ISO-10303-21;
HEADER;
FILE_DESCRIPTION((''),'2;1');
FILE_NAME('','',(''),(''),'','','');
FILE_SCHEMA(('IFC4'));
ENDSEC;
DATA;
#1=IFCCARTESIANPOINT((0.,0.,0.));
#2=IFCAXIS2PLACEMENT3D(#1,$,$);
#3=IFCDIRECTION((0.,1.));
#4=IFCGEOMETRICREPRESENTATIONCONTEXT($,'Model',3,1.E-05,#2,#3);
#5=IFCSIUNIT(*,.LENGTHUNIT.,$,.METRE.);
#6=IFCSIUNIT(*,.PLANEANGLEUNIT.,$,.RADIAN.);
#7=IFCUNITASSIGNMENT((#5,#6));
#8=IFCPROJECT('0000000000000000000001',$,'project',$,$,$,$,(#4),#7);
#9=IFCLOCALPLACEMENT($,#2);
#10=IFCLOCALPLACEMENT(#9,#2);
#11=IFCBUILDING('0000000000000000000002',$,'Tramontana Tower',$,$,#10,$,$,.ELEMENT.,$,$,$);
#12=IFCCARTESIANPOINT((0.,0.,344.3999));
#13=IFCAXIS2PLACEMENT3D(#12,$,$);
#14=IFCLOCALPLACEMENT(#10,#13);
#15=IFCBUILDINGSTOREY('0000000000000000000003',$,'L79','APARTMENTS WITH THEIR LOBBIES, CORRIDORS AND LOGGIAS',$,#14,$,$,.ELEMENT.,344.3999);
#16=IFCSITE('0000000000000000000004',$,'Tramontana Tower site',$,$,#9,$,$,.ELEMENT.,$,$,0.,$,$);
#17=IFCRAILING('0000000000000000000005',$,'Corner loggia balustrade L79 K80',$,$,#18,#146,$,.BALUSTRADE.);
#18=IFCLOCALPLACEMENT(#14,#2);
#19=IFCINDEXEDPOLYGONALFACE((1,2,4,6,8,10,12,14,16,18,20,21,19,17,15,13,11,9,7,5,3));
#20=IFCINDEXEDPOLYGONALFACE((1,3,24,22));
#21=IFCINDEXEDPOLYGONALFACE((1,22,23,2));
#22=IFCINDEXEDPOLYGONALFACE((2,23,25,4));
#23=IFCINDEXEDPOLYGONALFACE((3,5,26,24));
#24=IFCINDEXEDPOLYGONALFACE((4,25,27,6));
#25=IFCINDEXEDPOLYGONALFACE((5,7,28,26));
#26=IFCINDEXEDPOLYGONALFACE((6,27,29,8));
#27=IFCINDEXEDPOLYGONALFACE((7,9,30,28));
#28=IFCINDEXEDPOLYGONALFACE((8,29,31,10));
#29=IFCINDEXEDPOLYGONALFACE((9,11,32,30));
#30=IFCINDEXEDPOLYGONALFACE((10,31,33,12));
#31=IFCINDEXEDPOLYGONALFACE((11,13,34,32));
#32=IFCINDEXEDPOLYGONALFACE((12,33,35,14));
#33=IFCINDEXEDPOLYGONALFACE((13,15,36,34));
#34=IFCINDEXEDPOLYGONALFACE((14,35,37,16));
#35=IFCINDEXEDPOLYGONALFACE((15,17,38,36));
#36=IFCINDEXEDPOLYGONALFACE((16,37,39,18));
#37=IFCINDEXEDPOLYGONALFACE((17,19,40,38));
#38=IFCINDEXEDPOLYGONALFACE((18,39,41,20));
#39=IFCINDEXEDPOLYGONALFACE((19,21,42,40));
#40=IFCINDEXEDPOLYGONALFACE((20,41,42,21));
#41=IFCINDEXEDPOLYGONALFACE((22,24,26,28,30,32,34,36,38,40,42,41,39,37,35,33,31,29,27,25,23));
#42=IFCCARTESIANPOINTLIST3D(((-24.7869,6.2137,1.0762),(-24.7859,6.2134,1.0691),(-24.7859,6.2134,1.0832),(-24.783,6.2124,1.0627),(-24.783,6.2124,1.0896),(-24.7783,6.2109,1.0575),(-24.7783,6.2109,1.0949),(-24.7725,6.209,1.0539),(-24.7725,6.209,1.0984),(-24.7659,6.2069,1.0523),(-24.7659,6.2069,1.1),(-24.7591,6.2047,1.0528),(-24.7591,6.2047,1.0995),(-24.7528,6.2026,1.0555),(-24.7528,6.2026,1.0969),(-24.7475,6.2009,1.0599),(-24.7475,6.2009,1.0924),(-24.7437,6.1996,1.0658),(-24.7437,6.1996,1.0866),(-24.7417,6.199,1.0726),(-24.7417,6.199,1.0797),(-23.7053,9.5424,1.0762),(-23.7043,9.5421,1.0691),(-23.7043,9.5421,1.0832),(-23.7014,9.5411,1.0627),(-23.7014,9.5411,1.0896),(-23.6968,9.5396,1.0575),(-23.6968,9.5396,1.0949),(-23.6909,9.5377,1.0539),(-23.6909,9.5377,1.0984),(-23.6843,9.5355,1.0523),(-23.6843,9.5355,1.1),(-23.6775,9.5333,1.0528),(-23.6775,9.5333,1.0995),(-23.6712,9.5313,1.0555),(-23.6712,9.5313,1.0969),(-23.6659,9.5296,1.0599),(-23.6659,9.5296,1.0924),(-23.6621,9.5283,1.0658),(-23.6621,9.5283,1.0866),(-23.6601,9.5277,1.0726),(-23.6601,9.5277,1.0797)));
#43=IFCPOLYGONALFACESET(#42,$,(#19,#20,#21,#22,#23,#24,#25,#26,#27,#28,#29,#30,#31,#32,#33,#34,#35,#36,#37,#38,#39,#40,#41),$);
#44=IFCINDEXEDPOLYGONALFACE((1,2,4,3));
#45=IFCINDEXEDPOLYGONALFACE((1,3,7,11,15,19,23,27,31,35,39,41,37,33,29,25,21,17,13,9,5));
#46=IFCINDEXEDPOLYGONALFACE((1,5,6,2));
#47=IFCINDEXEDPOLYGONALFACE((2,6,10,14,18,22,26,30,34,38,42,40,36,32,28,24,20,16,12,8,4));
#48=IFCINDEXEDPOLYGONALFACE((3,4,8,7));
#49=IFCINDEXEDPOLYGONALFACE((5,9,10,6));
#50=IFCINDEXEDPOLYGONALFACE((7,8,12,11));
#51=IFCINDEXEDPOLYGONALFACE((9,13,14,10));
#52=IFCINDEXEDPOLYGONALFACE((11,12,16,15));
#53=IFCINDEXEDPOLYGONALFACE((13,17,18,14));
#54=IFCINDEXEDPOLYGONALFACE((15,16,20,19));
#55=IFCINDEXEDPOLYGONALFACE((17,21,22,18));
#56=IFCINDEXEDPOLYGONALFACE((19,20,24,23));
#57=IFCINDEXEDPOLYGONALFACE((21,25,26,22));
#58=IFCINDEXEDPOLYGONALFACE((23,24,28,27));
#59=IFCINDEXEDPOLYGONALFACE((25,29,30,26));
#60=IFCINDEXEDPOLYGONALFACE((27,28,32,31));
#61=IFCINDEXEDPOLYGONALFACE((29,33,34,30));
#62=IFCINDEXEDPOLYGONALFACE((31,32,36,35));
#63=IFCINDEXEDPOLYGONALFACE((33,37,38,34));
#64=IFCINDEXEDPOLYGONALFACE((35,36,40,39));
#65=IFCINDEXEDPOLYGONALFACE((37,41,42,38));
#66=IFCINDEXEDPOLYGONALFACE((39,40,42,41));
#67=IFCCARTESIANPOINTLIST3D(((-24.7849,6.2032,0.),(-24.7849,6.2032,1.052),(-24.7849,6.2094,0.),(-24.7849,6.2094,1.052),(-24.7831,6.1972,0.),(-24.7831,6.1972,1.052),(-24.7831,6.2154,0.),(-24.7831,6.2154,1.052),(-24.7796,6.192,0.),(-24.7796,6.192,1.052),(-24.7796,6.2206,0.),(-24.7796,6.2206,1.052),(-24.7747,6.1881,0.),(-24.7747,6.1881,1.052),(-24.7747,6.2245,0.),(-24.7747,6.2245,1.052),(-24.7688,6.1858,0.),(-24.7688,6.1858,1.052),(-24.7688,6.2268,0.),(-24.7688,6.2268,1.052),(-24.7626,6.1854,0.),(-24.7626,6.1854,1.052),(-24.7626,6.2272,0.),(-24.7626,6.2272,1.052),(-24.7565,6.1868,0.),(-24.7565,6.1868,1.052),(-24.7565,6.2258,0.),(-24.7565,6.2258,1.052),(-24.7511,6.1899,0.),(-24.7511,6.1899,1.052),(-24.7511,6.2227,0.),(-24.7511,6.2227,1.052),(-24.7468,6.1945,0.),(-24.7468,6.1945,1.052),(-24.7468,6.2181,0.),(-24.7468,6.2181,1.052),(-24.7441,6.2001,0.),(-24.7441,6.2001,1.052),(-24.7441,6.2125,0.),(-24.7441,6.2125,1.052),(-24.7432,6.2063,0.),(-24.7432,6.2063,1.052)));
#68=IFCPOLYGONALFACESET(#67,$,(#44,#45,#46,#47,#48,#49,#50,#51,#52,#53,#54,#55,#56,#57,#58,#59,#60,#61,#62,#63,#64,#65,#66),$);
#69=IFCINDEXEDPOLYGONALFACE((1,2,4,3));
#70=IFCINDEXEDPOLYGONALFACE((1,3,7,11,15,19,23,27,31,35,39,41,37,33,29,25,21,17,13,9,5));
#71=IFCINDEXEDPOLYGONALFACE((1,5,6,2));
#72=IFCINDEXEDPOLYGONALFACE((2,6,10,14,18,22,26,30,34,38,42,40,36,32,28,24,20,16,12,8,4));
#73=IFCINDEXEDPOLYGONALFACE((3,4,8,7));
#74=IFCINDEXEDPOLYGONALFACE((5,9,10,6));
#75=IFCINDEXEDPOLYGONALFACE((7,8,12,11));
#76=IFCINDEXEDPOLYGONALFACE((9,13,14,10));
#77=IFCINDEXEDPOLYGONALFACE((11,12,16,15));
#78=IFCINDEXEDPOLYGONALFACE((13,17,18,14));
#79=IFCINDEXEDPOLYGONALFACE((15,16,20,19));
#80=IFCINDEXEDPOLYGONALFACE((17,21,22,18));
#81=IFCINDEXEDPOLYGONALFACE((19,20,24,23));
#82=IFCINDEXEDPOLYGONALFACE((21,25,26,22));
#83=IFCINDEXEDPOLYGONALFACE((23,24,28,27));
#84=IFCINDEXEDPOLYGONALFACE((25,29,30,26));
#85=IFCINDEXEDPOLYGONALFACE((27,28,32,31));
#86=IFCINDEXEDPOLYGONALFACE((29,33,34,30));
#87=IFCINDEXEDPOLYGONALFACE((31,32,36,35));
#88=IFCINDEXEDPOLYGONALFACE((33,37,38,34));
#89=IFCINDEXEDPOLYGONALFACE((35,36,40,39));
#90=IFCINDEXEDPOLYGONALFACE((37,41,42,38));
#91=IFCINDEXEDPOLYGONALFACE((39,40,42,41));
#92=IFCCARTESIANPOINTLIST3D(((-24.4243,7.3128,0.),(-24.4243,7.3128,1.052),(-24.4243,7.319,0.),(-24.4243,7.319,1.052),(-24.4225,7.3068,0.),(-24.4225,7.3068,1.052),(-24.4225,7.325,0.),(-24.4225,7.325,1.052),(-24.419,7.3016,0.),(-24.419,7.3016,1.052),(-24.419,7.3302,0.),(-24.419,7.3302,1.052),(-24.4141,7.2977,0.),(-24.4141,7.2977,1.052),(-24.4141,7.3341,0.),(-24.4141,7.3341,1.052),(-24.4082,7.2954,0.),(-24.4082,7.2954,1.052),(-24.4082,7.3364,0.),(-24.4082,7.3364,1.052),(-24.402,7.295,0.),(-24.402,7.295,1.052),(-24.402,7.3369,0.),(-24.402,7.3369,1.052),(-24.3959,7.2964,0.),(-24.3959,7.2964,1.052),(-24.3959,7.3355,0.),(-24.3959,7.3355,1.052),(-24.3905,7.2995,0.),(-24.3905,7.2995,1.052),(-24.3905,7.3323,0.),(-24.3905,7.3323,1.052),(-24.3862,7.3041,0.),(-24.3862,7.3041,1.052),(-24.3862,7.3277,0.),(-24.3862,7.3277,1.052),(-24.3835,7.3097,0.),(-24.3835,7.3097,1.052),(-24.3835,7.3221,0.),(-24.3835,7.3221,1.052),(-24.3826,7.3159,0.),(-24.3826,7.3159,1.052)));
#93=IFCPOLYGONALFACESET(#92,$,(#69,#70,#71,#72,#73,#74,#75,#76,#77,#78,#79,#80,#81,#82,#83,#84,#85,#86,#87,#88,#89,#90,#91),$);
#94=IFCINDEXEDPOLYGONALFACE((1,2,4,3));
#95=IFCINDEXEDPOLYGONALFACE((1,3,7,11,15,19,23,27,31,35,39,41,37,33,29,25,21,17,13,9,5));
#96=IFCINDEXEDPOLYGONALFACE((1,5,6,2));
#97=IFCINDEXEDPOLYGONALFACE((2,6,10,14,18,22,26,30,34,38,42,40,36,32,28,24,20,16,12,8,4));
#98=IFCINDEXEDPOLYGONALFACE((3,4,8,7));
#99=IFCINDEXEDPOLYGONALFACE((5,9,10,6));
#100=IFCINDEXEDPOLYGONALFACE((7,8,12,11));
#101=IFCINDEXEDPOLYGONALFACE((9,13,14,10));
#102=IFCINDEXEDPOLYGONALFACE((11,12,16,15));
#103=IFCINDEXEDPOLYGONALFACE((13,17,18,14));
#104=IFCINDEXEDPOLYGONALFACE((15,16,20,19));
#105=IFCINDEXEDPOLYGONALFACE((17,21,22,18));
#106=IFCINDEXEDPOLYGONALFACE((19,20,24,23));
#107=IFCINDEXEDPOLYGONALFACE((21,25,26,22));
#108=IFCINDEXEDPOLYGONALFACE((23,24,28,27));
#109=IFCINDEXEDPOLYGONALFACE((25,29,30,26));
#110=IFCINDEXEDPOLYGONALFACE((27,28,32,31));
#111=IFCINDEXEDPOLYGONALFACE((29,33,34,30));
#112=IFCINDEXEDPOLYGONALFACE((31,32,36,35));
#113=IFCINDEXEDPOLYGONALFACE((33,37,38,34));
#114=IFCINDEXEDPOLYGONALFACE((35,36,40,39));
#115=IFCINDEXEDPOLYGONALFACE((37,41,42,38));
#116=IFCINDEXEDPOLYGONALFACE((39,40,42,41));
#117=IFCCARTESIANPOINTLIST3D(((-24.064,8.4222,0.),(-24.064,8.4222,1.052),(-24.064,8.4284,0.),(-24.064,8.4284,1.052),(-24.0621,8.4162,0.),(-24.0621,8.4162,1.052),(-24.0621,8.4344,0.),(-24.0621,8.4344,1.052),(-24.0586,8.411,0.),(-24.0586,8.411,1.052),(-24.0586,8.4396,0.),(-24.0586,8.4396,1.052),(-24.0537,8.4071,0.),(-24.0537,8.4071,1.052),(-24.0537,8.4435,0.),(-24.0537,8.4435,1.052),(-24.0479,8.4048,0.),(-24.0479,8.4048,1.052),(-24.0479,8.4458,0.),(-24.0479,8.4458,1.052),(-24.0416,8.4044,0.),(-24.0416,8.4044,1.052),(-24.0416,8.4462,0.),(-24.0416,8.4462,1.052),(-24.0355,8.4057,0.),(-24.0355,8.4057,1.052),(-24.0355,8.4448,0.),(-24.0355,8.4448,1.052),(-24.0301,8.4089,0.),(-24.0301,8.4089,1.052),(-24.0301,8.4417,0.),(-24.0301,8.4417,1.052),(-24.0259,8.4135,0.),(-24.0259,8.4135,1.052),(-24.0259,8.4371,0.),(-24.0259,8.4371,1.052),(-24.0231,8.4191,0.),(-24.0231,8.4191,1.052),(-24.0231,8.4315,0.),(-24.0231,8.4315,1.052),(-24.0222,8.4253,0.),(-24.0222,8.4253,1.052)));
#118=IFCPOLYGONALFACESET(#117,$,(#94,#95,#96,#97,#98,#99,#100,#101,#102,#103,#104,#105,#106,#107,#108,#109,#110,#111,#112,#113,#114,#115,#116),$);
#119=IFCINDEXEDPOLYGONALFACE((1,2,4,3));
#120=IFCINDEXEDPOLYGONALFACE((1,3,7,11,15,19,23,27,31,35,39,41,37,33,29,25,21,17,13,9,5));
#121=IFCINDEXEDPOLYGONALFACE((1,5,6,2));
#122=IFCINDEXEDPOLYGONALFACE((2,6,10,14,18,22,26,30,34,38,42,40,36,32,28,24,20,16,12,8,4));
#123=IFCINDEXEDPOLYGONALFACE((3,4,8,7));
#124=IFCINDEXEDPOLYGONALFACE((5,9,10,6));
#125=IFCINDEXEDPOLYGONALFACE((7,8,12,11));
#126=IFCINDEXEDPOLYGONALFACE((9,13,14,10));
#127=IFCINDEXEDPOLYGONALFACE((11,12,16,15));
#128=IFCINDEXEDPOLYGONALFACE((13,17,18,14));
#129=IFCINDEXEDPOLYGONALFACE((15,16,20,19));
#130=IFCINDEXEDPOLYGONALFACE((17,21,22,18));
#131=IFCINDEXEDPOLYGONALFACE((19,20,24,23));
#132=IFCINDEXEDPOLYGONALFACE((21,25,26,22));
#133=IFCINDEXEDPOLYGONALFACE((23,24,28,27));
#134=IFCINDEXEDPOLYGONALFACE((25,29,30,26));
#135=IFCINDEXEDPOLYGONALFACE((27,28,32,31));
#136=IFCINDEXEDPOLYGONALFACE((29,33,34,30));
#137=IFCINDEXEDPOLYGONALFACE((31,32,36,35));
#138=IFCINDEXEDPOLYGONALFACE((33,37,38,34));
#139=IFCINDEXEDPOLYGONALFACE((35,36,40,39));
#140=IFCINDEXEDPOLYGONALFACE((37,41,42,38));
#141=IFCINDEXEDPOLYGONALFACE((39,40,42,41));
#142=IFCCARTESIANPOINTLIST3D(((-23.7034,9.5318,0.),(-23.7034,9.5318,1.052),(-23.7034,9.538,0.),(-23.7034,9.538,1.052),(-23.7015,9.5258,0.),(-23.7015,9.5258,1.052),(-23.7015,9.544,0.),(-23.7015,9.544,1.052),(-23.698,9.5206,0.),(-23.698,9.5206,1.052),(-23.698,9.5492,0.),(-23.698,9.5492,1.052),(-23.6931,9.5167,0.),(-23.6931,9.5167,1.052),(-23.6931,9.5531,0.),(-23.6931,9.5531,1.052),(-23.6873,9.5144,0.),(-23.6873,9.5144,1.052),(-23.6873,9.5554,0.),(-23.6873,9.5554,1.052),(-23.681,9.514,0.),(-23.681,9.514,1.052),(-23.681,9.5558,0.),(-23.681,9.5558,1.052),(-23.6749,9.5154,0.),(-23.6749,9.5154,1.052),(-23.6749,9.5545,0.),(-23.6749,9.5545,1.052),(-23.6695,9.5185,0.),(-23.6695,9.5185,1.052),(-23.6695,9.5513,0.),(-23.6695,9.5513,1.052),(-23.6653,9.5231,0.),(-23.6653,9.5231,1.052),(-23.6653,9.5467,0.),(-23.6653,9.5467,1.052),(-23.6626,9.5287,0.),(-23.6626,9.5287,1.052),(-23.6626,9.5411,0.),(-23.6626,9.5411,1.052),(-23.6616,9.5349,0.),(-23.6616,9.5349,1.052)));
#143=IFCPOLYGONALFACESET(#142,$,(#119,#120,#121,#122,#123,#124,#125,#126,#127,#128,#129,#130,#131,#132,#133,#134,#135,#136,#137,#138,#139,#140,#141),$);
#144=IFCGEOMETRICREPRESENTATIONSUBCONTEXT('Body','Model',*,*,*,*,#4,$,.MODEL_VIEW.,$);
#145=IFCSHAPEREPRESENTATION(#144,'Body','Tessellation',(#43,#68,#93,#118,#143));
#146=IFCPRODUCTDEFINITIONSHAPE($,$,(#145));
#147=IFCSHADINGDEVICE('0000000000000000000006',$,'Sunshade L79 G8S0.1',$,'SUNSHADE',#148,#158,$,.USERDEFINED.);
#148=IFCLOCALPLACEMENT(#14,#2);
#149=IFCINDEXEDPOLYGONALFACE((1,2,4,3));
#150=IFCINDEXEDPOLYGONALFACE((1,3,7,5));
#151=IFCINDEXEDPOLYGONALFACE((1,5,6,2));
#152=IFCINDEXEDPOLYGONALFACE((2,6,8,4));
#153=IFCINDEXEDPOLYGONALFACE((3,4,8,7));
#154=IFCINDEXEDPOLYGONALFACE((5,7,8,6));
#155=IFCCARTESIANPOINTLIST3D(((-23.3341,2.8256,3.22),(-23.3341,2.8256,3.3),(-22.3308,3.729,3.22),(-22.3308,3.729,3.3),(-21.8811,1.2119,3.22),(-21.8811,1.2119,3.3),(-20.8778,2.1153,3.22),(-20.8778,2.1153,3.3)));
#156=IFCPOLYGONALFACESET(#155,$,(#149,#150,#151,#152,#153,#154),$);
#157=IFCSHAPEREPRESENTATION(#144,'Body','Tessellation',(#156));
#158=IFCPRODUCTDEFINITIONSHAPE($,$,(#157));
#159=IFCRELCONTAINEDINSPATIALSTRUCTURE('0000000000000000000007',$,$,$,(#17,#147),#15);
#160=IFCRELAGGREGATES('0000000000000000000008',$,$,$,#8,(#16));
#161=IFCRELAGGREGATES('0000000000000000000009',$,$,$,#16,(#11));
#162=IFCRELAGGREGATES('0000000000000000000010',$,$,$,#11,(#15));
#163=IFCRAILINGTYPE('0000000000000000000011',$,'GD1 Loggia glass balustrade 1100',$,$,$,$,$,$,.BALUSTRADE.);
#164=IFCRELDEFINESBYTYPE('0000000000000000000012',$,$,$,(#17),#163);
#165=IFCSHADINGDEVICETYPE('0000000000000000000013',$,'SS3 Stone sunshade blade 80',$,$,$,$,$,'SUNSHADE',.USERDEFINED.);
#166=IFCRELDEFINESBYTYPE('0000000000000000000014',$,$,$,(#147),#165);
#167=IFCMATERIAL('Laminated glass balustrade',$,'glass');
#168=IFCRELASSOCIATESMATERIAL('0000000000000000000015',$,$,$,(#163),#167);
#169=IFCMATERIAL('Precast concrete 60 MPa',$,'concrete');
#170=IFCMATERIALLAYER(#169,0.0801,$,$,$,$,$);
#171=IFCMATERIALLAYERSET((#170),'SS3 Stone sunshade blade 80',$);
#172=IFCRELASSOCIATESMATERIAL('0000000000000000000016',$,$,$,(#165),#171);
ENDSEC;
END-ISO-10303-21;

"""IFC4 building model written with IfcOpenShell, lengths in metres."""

from ifc_helpers import new_model, si_unit, direction, frame, origin, origin_2d, place, context, subcontext, project, spatial, rectangle, circle, extrude, material, layer, layer_set, type_object, element, save


model = new_model("IFC4")

# Units and contexts
model_context = context("Model", 3, precision=1e-05, world=origin(), true_north=direction((0.0, 1.0)))
body_context = subcontext(model_context, "Body", "Model", "MODEL_VIEW")
ifc_project = project(units=[si_unit("LENGTHUNIT", "METRE"), si_unit("PLANEANGLEUNIT", "RADIAN")], contexts=[model_context])

# Site, building, storey
site_placement = place(None, origin())
site = spatial("IfcSite", under=ifc_project, at=site_placement, Name="Tramontana Tower site", CompositionType="ELEMENT", RefElevation=0.0)
building_placement = place(site_placement, origin())
building = spatial("IfcBuilding", under=site, at=building_placement, Name="Tramontana Tower", CompositionType="ELEMENT")
storey_placement = place(building_placement, frame((0.0, 0.0, 344.3999)))
storey = spatial("IfcBuildingStorey", under=building, at=storey_placement, Name="L79", Description="APARTMENTS WITH THEIR LOBBIES, CORRIDORS AND LOGGIAS", CompositionType="ELEMENT", Elevation=344.3999)

# Railing
ifc_material_1 = material(Name="Laminated glass balustrade", Category="glass")
railing_type = type_object("IfcRailingType", Name="GD1 Loggia glass balustrade 1100", PredefinedType="BALUSTRADE", material=ifc_material_1)
railing_1_placement = place(storey_placement, frame((-24.7642, 6.2063, 0.0)))
element("IfcRailing", 1, at=railing_1_placement, inside=storey, type_object=railing_type, Name="Corner loggia balustrade L79 K80", PredefinedType="BALUSTRADE", context=body_context, shape_type="SweptSolid", body=[
    extrude(circle(Radius=0.0239, at=origin_2d()), frame((0.0, 0.0, 1.0762), z_axis=(0.30902, 0.951056, 0.0), x_axis=(-0.951056, 0.30902, 0.0)), (0.0, 0.0, 1.0), 3.5),
    extrude(circle(Radius=0.021, at=origin_2d()), origin(), (0.0, 0.0, 1.0), 1.052),
    extrude(circle(Radius=0.021, at=origin_2d()), frame((0.3606, 1.1096, 0.0)), (0.0, 0.0, 1.0), 1.052),
    extrude(circle(Radius=0.021, at=origin_2d()), frame((0.7209, 2.219, 0.0)), (0.0, 0.0, 1.0), 1.052),
    extrude(circle(Radius=0.021, at=origin_2d()), frame((1.0815, 3.3286, 0.0)), (0.0, 0.0, 1.0), 1.052),
])

# Shading device
ifc_material_2 = material(Name="Precast concrete 60 MPa", Category="concrete")
ifc_layer_1 = layer(ifc_material_2, 0.0801)
ifc_layer_set_1 = layer_set([ifc_layer_1], Name="SS3 Stone sunshade blade 80")
shading_device_type = type_object("IfcShadingDeviceType", Name="SS3 Stone sunshade blade 80", ElementType="SUNSHADE", PredefinedType="USERDEFINED", material=ifc_layer_set_1)
shading_device_placement = place(storey_placement, frame((-22.106, 2.4705, 3.22), z_axis=(0.0, 0.0, 1.0), x_axis=(0.669131, -0.743145, 0.0)))
element("IfcShadingDevice", 2, at=shading_device_placement, inside=storey, type_object=shading_device_type, Name="Sunshade L79 G8S0.1", ObjectType="SUNSHADE", PredefinedType="USERDEFINED", context=body_context, shape_type="SweptSolid", body=[
    extrude(rectangle(XDim=2.1714, YDim=1.3501, at=origin_2d()), origin(), (0.0, 0.0, 1.0), 0.0801),
])

save(model, "model.ifc")
